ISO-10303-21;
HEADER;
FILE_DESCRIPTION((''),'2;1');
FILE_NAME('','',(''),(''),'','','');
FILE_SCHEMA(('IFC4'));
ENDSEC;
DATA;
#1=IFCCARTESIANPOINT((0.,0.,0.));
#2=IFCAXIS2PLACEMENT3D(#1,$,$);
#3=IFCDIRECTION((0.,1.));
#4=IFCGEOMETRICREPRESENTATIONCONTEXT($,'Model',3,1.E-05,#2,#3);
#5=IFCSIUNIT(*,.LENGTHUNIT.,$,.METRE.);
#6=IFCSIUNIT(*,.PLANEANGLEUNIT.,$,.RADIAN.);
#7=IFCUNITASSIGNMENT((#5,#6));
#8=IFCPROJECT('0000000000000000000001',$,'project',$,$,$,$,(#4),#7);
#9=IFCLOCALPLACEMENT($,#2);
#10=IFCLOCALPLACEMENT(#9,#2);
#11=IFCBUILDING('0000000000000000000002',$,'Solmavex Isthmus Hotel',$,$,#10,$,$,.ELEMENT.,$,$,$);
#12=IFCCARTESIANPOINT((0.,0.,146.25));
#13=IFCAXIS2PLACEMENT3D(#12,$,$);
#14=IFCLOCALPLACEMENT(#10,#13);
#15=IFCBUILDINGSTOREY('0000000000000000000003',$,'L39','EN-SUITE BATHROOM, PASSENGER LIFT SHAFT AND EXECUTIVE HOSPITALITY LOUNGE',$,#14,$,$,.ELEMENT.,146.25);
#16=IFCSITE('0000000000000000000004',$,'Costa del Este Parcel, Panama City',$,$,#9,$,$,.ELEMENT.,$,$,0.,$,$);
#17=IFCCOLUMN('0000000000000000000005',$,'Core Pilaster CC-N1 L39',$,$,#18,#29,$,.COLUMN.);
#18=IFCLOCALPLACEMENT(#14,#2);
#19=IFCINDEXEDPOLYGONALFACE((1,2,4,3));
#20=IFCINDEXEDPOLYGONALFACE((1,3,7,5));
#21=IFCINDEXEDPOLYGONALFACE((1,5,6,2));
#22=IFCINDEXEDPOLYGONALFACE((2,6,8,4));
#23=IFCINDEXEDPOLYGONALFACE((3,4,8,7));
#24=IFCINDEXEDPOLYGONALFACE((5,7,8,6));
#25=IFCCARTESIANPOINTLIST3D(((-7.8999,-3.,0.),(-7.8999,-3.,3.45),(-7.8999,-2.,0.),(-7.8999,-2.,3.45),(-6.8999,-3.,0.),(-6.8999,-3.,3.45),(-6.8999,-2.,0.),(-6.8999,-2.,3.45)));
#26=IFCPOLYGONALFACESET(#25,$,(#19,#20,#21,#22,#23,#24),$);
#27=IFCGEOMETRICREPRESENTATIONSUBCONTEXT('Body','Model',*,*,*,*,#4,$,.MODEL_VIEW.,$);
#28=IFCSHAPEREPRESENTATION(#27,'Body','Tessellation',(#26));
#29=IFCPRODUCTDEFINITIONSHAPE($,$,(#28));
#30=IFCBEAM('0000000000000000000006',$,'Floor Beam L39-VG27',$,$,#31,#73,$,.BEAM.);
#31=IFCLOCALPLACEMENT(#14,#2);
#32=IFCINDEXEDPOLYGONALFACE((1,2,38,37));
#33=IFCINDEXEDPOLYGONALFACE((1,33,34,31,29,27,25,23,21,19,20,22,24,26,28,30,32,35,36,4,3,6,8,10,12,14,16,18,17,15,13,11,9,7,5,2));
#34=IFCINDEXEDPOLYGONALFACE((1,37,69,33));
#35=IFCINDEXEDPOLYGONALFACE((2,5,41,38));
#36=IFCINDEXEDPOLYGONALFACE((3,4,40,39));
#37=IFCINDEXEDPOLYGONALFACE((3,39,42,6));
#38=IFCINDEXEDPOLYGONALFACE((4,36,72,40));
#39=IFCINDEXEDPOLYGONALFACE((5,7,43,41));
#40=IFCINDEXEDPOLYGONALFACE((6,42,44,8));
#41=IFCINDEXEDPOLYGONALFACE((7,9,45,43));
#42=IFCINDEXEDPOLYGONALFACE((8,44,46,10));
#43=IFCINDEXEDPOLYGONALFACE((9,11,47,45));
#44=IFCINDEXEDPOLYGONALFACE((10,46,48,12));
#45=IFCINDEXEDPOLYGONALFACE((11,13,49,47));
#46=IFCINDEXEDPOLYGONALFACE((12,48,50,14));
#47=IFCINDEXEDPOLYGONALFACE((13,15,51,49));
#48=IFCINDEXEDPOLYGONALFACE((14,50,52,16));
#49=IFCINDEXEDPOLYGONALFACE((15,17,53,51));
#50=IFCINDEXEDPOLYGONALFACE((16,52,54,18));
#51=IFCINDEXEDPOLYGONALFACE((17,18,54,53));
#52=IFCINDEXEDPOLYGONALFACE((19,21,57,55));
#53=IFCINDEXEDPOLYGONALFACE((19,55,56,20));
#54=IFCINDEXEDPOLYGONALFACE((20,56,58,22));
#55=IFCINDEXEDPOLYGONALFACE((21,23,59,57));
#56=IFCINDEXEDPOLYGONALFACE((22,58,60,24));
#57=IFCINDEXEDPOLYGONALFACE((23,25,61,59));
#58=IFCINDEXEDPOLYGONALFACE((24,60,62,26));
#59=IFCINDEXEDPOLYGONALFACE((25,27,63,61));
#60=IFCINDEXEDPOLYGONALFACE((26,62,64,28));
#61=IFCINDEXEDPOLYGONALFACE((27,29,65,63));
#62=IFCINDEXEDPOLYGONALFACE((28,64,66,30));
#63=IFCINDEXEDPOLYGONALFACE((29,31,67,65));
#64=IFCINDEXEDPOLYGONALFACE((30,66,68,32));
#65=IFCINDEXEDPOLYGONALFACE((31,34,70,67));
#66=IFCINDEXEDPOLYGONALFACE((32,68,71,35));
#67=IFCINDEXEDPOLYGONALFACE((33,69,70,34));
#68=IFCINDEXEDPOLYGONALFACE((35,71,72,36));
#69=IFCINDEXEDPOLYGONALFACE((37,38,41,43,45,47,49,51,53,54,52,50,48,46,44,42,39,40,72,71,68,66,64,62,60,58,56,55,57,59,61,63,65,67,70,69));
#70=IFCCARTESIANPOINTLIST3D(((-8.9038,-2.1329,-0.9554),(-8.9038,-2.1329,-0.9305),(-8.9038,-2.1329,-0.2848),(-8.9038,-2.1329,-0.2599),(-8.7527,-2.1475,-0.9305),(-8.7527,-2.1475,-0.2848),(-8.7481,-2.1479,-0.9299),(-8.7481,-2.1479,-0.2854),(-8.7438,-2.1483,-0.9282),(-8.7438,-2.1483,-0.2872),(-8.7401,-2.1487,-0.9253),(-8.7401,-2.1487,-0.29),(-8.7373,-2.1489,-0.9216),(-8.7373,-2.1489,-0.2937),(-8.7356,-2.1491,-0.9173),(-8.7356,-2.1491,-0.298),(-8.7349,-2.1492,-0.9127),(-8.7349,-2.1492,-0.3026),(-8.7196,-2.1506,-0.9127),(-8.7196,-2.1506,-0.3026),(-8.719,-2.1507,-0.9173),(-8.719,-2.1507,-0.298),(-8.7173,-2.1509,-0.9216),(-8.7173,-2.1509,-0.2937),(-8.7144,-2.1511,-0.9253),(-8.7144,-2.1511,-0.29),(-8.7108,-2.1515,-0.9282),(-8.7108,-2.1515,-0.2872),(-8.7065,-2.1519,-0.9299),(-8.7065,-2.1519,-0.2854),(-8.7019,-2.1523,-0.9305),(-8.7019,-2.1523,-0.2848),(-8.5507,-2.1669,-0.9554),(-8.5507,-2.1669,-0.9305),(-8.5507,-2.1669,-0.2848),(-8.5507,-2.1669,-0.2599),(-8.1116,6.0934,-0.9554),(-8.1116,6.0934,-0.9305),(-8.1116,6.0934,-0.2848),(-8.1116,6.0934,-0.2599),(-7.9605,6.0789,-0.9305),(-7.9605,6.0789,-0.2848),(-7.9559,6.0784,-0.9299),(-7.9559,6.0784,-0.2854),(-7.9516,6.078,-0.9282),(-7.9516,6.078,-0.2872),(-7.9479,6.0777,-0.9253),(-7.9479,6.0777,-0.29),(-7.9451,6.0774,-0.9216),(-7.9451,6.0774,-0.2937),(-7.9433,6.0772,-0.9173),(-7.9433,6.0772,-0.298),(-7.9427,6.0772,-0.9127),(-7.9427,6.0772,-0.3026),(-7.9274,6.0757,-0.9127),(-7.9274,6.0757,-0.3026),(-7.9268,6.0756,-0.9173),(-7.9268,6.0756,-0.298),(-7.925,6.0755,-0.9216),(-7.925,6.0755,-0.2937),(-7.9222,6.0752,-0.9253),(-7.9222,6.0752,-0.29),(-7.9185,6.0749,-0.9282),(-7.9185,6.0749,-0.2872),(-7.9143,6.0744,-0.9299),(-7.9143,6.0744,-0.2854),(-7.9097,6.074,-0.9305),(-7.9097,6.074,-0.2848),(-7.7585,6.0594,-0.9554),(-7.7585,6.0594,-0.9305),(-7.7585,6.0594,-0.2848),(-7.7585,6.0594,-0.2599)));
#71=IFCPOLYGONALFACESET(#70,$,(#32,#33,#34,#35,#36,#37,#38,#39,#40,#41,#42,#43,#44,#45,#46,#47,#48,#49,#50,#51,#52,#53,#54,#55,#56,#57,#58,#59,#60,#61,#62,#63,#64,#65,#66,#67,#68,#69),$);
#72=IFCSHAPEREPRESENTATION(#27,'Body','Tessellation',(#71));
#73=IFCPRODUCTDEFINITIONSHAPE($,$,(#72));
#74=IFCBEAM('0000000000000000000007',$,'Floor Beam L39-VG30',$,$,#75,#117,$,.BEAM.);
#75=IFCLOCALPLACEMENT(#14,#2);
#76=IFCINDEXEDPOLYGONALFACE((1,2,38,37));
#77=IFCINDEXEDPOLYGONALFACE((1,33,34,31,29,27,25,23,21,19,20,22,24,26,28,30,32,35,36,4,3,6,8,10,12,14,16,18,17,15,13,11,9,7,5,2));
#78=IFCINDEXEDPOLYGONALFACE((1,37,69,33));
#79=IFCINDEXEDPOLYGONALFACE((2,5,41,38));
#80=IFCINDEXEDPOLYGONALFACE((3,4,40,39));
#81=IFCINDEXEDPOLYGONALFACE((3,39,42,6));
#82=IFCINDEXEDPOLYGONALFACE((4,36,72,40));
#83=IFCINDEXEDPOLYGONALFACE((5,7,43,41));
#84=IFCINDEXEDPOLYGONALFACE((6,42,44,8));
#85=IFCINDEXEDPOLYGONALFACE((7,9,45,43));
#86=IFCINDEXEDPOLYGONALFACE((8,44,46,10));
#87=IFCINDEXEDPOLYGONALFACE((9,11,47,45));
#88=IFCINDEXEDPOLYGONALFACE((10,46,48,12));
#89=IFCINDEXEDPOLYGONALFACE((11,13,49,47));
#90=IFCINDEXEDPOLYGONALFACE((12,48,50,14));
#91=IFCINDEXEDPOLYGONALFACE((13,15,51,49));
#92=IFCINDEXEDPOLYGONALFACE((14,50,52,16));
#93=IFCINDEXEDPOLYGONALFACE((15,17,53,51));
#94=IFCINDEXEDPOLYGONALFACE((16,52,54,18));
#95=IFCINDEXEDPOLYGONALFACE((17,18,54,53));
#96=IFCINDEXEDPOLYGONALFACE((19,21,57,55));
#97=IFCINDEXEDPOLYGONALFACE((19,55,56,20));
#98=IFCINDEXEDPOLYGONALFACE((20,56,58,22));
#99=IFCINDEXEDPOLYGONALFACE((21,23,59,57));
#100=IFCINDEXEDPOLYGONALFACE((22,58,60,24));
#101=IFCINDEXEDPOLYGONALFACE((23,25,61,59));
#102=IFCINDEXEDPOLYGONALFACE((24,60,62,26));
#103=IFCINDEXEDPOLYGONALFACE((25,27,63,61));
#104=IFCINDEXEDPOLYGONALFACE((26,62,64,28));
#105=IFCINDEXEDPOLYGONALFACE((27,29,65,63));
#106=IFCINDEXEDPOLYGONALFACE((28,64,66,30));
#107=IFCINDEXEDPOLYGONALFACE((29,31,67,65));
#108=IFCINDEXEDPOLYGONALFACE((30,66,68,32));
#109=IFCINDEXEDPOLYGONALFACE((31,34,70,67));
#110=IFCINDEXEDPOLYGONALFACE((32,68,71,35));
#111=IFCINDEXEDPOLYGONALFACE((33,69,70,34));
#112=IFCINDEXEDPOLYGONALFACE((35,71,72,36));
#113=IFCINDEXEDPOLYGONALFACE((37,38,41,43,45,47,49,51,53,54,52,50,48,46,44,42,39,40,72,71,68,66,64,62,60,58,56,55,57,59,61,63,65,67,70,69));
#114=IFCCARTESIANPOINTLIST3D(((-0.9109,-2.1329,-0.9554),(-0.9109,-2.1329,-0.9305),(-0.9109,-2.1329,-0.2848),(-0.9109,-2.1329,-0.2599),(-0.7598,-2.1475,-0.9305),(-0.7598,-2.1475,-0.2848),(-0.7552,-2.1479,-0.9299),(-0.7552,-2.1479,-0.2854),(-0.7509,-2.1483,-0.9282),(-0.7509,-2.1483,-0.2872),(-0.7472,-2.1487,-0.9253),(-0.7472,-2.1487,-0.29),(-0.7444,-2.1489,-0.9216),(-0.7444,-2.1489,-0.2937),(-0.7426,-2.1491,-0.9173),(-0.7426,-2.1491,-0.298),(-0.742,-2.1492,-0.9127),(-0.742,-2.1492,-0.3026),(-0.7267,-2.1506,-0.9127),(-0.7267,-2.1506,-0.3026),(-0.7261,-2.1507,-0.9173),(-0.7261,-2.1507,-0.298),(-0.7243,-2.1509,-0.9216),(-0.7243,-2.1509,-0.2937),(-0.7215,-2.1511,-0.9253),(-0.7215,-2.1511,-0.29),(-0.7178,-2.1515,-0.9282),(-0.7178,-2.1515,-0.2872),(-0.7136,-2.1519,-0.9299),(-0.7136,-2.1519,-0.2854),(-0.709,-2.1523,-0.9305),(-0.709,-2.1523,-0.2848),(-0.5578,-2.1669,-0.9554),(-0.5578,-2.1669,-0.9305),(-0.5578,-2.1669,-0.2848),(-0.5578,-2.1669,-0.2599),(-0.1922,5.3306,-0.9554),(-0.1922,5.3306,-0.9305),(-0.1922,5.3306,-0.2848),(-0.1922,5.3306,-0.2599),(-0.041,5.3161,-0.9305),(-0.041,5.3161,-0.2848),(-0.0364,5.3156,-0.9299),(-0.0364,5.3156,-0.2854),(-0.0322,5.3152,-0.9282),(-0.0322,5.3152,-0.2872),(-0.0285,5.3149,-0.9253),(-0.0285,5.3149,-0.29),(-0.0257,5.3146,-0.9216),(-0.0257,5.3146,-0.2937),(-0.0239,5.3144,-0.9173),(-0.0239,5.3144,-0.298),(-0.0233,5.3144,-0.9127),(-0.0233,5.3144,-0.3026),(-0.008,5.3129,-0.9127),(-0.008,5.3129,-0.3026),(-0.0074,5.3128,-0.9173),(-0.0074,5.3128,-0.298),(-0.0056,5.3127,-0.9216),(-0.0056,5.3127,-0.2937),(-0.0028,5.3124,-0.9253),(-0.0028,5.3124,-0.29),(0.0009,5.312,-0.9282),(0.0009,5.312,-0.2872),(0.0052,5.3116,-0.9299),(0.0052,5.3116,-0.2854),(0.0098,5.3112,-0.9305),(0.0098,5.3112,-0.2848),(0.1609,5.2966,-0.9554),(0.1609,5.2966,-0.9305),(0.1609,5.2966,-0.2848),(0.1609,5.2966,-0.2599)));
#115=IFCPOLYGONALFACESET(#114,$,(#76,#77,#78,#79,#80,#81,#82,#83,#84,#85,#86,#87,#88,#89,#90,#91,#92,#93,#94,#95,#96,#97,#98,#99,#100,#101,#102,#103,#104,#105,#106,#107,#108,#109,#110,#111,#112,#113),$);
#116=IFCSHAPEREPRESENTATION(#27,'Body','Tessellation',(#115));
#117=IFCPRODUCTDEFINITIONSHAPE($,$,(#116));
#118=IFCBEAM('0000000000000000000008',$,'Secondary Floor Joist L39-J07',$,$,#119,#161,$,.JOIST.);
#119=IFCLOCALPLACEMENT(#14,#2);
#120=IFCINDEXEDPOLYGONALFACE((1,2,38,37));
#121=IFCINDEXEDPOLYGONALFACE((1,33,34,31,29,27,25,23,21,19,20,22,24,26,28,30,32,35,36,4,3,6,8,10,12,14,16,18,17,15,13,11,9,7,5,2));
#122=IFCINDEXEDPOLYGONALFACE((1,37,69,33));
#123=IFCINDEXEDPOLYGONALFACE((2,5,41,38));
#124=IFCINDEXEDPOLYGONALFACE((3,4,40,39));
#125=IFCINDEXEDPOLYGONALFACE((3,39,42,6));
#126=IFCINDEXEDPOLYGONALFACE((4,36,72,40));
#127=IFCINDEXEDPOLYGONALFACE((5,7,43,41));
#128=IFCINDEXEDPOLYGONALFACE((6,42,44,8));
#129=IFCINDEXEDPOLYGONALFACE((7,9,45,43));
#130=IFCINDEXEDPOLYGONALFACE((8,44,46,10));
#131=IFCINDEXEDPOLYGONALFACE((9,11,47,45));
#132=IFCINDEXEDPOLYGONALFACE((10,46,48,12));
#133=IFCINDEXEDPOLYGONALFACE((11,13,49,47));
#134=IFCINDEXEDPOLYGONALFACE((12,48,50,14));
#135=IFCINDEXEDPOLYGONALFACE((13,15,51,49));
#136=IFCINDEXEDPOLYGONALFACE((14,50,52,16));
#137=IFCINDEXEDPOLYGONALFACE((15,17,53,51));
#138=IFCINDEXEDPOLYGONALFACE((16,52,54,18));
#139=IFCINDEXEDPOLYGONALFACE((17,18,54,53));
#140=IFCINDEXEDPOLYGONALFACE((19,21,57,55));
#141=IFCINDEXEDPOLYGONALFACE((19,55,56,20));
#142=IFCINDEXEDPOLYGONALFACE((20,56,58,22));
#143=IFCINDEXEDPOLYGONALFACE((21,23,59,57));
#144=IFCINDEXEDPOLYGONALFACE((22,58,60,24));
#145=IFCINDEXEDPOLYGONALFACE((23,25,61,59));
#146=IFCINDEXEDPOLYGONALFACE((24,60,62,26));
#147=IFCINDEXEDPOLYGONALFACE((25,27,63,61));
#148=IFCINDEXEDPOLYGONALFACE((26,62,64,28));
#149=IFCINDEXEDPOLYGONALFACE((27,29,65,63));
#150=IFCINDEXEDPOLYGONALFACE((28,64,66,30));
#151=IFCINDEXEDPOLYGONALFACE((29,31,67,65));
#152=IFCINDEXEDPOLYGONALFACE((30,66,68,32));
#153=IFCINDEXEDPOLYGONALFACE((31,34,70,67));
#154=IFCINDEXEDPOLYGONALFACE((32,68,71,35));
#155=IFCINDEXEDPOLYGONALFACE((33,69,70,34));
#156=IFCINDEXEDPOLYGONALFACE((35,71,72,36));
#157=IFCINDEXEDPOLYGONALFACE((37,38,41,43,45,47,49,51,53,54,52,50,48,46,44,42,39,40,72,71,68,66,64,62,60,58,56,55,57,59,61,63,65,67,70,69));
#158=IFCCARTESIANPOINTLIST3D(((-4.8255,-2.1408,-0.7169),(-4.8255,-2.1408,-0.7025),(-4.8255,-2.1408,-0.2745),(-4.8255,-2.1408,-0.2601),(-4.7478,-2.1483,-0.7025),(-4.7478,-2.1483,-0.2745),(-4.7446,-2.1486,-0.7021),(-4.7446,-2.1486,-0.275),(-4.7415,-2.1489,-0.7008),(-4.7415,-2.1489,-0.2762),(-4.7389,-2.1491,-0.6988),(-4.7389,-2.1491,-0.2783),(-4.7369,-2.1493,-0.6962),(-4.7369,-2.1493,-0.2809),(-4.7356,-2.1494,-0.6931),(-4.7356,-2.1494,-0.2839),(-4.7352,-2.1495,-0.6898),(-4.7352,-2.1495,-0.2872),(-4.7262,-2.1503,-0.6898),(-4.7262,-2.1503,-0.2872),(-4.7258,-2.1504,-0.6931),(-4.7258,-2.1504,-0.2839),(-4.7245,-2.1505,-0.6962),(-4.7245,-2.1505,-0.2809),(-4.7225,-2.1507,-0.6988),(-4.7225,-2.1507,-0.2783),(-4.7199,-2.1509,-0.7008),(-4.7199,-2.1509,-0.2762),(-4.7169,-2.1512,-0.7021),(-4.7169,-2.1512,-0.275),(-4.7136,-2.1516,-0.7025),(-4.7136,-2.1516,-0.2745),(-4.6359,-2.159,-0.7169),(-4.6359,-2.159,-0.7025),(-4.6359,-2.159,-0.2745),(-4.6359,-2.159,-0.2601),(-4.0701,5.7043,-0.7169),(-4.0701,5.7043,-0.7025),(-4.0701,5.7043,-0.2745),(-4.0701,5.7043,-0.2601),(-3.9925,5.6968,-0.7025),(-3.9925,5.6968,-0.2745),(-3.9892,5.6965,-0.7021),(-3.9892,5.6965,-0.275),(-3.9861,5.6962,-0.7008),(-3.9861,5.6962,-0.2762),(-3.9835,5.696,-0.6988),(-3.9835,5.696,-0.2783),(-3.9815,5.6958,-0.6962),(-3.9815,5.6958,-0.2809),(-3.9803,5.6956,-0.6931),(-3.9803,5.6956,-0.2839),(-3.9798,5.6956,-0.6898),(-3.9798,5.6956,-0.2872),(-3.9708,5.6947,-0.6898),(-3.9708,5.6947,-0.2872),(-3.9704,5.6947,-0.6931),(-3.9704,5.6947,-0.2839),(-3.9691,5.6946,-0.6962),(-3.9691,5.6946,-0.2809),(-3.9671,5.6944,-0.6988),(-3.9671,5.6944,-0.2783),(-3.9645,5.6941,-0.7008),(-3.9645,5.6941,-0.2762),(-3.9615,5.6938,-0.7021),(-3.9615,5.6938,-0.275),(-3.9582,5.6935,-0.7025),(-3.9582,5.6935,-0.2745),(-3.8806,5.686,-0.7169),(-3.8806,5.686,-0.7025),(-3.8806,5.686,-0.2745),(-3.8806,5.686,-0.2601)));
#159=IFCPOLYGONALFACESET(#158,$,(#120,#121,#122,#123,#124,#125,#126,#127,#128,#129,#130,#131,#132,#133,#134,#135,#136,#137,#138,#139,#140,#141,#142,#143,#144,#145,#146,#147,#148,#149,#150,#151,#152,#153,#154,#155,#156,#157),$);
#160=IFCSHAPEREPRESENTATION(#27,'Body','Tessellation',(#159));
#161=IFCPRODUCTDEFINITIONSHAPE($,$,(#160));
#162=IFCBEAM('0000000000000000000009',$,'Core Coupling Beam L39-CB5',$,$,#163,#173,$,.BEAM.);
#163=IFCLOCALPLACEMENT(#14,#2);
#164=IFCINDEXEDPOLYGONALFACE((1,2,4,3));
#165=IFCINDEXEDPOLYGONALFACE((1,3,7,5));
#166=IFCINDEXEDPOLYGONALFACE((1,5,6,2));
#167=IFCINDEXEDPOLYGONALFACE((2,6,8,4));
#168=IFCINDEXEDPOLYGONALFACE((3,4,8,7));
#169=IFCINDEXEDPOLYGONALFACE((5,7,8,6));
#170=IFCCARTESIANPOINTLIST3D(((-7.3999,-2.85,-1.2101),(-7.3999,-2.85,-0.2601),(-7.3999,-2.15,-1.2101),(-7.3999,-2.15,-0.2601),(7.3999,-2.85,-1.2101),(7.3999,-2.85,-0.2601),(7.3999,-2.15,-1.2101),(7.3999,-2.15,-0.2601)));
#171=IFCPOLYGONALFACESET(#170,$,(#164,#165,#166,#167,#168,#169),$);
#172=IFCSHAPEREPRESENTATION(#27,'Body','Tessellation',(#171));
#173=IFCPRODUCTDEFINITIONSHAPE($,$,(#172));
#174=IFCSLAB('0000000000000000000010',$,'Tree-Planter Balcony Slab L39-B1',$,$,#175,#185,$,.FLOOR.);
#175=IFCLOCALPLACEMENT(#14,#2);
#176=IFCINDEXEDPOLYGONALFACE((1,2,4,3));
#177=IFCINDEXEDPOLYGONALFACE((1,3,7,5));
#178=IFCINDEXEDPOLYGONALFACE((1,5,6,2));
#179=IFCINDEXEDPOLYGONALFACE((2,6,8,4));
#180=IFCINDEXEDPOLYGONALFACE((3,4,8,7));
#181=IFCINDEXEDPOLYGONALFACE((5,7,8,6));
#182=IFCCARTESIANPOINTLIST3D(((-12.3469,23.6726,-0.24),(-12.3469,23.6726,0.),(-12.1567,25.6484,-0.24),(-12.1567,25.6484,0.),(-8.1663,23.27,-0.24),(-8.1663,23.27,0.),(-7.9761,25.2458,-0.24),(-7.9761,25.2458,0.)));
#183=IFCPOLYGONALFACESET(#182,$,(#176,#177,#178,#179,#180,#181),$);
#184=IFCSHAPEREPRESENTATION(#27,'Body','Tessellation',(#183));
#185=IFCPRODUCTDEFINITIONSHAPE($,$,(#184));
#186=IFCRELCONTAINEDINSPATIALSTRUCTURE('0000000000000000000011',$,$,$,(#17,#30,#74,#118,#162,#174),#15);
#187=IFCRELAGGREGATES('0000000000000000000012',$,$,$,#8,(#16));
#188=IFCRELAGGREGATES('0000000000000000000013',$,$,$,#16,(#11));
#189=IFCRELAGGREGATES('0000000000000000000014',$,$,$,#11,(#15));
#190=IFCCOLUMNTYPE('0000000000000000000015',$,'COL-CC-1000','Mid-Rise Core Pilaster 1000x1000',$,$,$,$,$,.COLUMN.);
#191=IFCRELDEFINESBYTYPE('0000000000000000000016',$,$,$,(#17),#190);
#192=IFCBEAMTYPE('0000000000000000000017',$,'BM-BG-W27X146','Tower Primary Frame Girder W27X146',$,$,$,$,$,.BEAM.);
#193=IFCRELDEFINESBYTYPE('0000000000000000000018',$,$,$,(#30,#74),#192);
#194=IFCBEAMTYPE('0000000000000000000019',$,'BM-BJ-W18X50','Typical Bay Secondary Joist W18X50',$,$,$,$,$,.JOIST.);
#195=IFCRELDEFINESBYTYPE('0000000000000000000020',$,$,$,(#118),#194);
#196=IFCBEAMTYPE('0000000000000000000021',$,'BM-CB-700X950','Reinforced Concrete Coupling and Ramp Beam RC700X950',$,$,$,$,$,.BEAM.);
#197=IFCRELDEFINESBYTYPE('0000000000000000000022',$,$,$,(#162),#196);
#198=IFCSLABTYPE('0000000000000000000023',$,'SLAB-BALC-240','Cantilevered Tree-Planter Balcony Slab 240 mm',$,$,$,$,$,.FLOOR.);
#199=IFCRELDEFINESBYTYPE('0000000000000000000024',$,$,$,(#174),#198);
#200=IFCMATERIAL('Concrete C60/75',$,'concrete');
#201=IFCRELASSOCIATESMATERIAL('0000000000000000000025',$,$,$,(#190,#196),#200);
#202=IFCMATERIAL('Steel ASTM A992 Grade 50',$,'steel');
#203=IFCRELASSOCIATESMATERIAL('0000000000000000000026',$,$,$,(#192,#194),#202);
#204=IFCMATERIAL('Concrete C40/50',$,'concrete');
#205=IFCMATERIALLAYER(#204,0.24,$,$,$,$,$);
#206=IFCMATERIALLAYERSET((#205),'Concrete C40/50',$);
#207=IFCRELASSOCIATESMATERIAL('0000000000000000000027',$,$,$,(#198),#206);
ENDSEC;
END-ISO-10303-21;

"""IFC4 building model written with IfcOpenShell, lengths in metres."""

from ifc_helpers import new_model, si_unit, direction, frame, origin, origin_2d, place, context, subcontext, project, spatial, polyline, rectangle, i_section, outline, extrude, material, layer, layer_set, material_profile, profile_set, type_object, element, save


model = new_model("IFC4")

# Units and contexts
model_context = context("Model", 3, precision=1e-05, world=origin(), true_north=direction((0.0, 1.0)))
body_context = subcontext(model_context, "Body", "Model", "MODEL_VIEW")
ifc_project = project(units=[si_unit("LENGTHUNIT", "METRE"), si_unit("PLANEANGLEUNIT", "RADIAN")], contexts=[model_context])

# Site, building, storey
site_placement = place(None, origin())
site = spatial("IfcSite", under=ifc_project, at=site_placement, Name="Costa del Este Parcel, Panama City", CompositionType="ELEMENT", RefElevation=0.0)
building_placement = place(site_placement, origin())
building = spatial("IfcBuilding", under=site, at=building_placement, Name="Solmavex Isthmus Hotel", CompositionType="ELEMENT")
storey_placement = place(building_placement, frame((0.0, 0.0, 146.25)))
storey = spatial("IfcBuildingStorey", under=building, at=storey_placement, Name="L39", Description="EN-SUITE BATHROOM, PASSENGER LIFT SHAFT AND EXECUTIVE HOSPITALITY LOUNGE", CompositionType="ELEMENT", Elevation=146.25)

# Column
ifc_material_1 = material(Name="Concrete C60/75", Category="concrete")
ifc_material_profile_1 = material_profile(ifc_material_1, rectangle(XDim=1.0, YDim=1.0, at=origin_2d()), Name="RC1000X1000")
ifc_profile_set_1 = profile_set([ifc_material_profile_1], Name="Concrete C60/75")
column_type = type_object("IfcColumnType", Name="COL-CC-1000", Description="Mid-Rise Core Pilaster 1000x1000", PredefinedType="COLUMN", material=ifc_profile_set_1)
column_placement = place(storey_placement, frame((-7.3999, -2.5, 0.0), z_axis=(0.0, 0.0, 1.0), x_axis=(1.0, 0.0, 0.0)))
element("IfcColumn", 1, at=column_placement, inside=storey, type_object=column_type, Name="Core Pilaster CC-N1 L39", PredefinedType="COLUMN", context=body_context, shape_type="SweptSolid", body=[
    extrude(rectangle(XDim=1.0, YDim=1.0, at=origin_2d()), origin(), (0.0, 0.0, 1.0), 3.45),
])

# Beams
ifc_material_2 = material(Name="Steel ASTM A992 Grade 50", Category="steel")
ifc_material_profile_2 = material_profile(ifc_material_2, i_section(OverallWidth=0.3547, OverallDepth=0.6956, WebThickness=0.0154, FlangeThickness=0.0249, FilletRadius=0.0178, at=origin_2d()), Name="W27X146")
ifc_profile_set_2 = profile_set([ifc_material_profile_2], Name="Steel ASTM A992 Grade 50")
beam_type_1 = type_object("IfcBeamType", Name="BM-BG-W27X146", Description="Tower Primary Frame Girder W27X146", PredefinedType="BEAM", material=ifc_profile_set_2)
beam_1_placement = place(storey_placement, frame((-8.7273, -2.1499, -0.6077), z_axis=(0.095862, 0.995395, 0.0), x_axis=(-0.995395, 0.095862, 0.0)))
element("IfcBeam", 2, at=beam_1_placement, inside=storey, type_object=beam_type_1, Name="Floor Beam L39-VG27", PredefinedType="BEAM", context=body_context, shape_type="SweptSolid", body=[
    extrude(i_section(OverallWidth=0.3547, OverallDepth=0.6956, WebThickness=0.0154, FlangeThickness=0.0249, FilletRadius=0.0178, at=origin_2d()), origin(), (0.0, 0.0, 1.0), 8.2644),
])
beam_2_placement = place(storey_placement, frame((-0.7344, -2.1499, -0.6077), z_axis=(0.095857, 0.995395, 0.0), x_axis=(-0.995395, 0.095857, 0.0)))
element("IfcBeam", 3, at=beam_2_placement, inside=storey, type_object=beam_type_1, Name="Floor Beam L39-VG30", PredefinedType="BEAM", context=body_context, shape_type="SweptSolid", body=[
    extrude(i_section(OverallWidth=0.3547, OverallDepth=0.6956, WebThickness=0.0154, FlangeThickness=0.0249, FilletRadius=0.0178, at=origin_2d()), origin(), (0.0, 0.0, 1.0), 7.498),
])
ifc_material_profile_3 = material_profile(ifc_material_2, i_section(OverallWidth=0.1904, OverallDepth=0.4568, WebThickness=0.009, FlangeThickness=0.0144, FilletRadius=0.0127, at=origin_2d()), Name="W18X50")
ifc_profile_set_3 = profile_set([ifc_material_profile_3], Name="Steel ASTM A992 Grade 50")
beam_type_2 = type_object("IfcBeamType", Name="BM-BJ-W18X50", Description="Typical Bay Secondary Joist W18X50", PredefinedType="JOIST", material=ifc_profile_set_3)
beam_3_placement = place(storey_placement, frame((-4.7307, -2.1499, -0.4885), z_axis=(0.095844, 0.995396, 0.0), x_axis=(-0.995396, 0.095844, 0.0)))
element("IfcBeam", 4, at=beam_3_placement, inside=storey, type_object=beam_type_2, Name="Secondary Floor Joist L39-J07", PredefinedType="JOIST", context=body_context, shape_type="SweptSolid", body=[
    extrude(i_section(OverallWidth=0.1904, OverallDepth=0.4568, WebThickness=0.009, FlangeThickness=0.0144, FilletRadius=0.0127, at=origin_2d()), origin(), (0.0, 0.0, 1.0), 7.8813),
])
ifc_material_profile_4 = material_profile(ifc_material_1, rectangle(XDim=0.7, YDim=0.95, at=origin_2d()), Name="RC700X950")
ifc_profile_set_4 = profile_set([ifc_material_profile_4], Name="Concrete C60/75")
beam_type_3 = type_object("IfcBeamType", Name="BM-CB-700X950", Description="Reinforced Concrete Coupling and Ramp Beam RC700X950", PredefinedType="BEAM", material=ifc_profile_set_4)
beam_4_placement = place(storey_placement, frame((-7.3999, -2.5, -0.7351), z_axis=(1.0, 0.0, 0.0), x_axis=(0.0, 1.0, 0.0)))
element("IfcBeam", 5, at=beam_4_placement, inside=storey, type_object=beam_type_3, Name="Core Coupling Beam L39-CB5", PredefinedType="BEAM", context=body_context, shape_type="SweptSolid", body=[
    extrude(rectangle(XDim=0.7, YDim=0.95, at=origin_2d()), origin(), (0.0, 0.0, 1.0), 14.7998),
])

# Slab
ifc_material_3 = material(Name="Concrete C40/50", Category="concrete")
ifc_layer_1 = layer(ifc_material_3, 0.24)
ifc_layer_set_1 = layer_set([ifc_layer_1], Name="Concrete C40/50")
slab_type_1 = type_object("IfcSlabType", Name="SLAB-BALC-240", Description="Cantilevered Tree-Planter Balcony Slab 240 mm", PredefinedType="FLOOR", material=ifc_layer_set_1)
slab_1_placement = place(storey_placement, frame((0.0, 0.0, -0.24)))
element("IfcSlab", 6, at=slab_1_placement, inside=storey, type_object=slab_type_1, Name="Tree-Planter Balcony Slab L39-B1", PredefinedType="FLOOR", context=body_context, shape_type="SweptSolid", body=[
    extrude(outline(polyline([(-12.3469, 23.6726), (-8.1663, 23.27), (-7.9761, 25.2458), (-12.1567, 25.6484), (-12.3469, 23.6726)])), origin(), (0.0, 0.0, 1.0), 0.24),
])

save(model, "model.ifc")
